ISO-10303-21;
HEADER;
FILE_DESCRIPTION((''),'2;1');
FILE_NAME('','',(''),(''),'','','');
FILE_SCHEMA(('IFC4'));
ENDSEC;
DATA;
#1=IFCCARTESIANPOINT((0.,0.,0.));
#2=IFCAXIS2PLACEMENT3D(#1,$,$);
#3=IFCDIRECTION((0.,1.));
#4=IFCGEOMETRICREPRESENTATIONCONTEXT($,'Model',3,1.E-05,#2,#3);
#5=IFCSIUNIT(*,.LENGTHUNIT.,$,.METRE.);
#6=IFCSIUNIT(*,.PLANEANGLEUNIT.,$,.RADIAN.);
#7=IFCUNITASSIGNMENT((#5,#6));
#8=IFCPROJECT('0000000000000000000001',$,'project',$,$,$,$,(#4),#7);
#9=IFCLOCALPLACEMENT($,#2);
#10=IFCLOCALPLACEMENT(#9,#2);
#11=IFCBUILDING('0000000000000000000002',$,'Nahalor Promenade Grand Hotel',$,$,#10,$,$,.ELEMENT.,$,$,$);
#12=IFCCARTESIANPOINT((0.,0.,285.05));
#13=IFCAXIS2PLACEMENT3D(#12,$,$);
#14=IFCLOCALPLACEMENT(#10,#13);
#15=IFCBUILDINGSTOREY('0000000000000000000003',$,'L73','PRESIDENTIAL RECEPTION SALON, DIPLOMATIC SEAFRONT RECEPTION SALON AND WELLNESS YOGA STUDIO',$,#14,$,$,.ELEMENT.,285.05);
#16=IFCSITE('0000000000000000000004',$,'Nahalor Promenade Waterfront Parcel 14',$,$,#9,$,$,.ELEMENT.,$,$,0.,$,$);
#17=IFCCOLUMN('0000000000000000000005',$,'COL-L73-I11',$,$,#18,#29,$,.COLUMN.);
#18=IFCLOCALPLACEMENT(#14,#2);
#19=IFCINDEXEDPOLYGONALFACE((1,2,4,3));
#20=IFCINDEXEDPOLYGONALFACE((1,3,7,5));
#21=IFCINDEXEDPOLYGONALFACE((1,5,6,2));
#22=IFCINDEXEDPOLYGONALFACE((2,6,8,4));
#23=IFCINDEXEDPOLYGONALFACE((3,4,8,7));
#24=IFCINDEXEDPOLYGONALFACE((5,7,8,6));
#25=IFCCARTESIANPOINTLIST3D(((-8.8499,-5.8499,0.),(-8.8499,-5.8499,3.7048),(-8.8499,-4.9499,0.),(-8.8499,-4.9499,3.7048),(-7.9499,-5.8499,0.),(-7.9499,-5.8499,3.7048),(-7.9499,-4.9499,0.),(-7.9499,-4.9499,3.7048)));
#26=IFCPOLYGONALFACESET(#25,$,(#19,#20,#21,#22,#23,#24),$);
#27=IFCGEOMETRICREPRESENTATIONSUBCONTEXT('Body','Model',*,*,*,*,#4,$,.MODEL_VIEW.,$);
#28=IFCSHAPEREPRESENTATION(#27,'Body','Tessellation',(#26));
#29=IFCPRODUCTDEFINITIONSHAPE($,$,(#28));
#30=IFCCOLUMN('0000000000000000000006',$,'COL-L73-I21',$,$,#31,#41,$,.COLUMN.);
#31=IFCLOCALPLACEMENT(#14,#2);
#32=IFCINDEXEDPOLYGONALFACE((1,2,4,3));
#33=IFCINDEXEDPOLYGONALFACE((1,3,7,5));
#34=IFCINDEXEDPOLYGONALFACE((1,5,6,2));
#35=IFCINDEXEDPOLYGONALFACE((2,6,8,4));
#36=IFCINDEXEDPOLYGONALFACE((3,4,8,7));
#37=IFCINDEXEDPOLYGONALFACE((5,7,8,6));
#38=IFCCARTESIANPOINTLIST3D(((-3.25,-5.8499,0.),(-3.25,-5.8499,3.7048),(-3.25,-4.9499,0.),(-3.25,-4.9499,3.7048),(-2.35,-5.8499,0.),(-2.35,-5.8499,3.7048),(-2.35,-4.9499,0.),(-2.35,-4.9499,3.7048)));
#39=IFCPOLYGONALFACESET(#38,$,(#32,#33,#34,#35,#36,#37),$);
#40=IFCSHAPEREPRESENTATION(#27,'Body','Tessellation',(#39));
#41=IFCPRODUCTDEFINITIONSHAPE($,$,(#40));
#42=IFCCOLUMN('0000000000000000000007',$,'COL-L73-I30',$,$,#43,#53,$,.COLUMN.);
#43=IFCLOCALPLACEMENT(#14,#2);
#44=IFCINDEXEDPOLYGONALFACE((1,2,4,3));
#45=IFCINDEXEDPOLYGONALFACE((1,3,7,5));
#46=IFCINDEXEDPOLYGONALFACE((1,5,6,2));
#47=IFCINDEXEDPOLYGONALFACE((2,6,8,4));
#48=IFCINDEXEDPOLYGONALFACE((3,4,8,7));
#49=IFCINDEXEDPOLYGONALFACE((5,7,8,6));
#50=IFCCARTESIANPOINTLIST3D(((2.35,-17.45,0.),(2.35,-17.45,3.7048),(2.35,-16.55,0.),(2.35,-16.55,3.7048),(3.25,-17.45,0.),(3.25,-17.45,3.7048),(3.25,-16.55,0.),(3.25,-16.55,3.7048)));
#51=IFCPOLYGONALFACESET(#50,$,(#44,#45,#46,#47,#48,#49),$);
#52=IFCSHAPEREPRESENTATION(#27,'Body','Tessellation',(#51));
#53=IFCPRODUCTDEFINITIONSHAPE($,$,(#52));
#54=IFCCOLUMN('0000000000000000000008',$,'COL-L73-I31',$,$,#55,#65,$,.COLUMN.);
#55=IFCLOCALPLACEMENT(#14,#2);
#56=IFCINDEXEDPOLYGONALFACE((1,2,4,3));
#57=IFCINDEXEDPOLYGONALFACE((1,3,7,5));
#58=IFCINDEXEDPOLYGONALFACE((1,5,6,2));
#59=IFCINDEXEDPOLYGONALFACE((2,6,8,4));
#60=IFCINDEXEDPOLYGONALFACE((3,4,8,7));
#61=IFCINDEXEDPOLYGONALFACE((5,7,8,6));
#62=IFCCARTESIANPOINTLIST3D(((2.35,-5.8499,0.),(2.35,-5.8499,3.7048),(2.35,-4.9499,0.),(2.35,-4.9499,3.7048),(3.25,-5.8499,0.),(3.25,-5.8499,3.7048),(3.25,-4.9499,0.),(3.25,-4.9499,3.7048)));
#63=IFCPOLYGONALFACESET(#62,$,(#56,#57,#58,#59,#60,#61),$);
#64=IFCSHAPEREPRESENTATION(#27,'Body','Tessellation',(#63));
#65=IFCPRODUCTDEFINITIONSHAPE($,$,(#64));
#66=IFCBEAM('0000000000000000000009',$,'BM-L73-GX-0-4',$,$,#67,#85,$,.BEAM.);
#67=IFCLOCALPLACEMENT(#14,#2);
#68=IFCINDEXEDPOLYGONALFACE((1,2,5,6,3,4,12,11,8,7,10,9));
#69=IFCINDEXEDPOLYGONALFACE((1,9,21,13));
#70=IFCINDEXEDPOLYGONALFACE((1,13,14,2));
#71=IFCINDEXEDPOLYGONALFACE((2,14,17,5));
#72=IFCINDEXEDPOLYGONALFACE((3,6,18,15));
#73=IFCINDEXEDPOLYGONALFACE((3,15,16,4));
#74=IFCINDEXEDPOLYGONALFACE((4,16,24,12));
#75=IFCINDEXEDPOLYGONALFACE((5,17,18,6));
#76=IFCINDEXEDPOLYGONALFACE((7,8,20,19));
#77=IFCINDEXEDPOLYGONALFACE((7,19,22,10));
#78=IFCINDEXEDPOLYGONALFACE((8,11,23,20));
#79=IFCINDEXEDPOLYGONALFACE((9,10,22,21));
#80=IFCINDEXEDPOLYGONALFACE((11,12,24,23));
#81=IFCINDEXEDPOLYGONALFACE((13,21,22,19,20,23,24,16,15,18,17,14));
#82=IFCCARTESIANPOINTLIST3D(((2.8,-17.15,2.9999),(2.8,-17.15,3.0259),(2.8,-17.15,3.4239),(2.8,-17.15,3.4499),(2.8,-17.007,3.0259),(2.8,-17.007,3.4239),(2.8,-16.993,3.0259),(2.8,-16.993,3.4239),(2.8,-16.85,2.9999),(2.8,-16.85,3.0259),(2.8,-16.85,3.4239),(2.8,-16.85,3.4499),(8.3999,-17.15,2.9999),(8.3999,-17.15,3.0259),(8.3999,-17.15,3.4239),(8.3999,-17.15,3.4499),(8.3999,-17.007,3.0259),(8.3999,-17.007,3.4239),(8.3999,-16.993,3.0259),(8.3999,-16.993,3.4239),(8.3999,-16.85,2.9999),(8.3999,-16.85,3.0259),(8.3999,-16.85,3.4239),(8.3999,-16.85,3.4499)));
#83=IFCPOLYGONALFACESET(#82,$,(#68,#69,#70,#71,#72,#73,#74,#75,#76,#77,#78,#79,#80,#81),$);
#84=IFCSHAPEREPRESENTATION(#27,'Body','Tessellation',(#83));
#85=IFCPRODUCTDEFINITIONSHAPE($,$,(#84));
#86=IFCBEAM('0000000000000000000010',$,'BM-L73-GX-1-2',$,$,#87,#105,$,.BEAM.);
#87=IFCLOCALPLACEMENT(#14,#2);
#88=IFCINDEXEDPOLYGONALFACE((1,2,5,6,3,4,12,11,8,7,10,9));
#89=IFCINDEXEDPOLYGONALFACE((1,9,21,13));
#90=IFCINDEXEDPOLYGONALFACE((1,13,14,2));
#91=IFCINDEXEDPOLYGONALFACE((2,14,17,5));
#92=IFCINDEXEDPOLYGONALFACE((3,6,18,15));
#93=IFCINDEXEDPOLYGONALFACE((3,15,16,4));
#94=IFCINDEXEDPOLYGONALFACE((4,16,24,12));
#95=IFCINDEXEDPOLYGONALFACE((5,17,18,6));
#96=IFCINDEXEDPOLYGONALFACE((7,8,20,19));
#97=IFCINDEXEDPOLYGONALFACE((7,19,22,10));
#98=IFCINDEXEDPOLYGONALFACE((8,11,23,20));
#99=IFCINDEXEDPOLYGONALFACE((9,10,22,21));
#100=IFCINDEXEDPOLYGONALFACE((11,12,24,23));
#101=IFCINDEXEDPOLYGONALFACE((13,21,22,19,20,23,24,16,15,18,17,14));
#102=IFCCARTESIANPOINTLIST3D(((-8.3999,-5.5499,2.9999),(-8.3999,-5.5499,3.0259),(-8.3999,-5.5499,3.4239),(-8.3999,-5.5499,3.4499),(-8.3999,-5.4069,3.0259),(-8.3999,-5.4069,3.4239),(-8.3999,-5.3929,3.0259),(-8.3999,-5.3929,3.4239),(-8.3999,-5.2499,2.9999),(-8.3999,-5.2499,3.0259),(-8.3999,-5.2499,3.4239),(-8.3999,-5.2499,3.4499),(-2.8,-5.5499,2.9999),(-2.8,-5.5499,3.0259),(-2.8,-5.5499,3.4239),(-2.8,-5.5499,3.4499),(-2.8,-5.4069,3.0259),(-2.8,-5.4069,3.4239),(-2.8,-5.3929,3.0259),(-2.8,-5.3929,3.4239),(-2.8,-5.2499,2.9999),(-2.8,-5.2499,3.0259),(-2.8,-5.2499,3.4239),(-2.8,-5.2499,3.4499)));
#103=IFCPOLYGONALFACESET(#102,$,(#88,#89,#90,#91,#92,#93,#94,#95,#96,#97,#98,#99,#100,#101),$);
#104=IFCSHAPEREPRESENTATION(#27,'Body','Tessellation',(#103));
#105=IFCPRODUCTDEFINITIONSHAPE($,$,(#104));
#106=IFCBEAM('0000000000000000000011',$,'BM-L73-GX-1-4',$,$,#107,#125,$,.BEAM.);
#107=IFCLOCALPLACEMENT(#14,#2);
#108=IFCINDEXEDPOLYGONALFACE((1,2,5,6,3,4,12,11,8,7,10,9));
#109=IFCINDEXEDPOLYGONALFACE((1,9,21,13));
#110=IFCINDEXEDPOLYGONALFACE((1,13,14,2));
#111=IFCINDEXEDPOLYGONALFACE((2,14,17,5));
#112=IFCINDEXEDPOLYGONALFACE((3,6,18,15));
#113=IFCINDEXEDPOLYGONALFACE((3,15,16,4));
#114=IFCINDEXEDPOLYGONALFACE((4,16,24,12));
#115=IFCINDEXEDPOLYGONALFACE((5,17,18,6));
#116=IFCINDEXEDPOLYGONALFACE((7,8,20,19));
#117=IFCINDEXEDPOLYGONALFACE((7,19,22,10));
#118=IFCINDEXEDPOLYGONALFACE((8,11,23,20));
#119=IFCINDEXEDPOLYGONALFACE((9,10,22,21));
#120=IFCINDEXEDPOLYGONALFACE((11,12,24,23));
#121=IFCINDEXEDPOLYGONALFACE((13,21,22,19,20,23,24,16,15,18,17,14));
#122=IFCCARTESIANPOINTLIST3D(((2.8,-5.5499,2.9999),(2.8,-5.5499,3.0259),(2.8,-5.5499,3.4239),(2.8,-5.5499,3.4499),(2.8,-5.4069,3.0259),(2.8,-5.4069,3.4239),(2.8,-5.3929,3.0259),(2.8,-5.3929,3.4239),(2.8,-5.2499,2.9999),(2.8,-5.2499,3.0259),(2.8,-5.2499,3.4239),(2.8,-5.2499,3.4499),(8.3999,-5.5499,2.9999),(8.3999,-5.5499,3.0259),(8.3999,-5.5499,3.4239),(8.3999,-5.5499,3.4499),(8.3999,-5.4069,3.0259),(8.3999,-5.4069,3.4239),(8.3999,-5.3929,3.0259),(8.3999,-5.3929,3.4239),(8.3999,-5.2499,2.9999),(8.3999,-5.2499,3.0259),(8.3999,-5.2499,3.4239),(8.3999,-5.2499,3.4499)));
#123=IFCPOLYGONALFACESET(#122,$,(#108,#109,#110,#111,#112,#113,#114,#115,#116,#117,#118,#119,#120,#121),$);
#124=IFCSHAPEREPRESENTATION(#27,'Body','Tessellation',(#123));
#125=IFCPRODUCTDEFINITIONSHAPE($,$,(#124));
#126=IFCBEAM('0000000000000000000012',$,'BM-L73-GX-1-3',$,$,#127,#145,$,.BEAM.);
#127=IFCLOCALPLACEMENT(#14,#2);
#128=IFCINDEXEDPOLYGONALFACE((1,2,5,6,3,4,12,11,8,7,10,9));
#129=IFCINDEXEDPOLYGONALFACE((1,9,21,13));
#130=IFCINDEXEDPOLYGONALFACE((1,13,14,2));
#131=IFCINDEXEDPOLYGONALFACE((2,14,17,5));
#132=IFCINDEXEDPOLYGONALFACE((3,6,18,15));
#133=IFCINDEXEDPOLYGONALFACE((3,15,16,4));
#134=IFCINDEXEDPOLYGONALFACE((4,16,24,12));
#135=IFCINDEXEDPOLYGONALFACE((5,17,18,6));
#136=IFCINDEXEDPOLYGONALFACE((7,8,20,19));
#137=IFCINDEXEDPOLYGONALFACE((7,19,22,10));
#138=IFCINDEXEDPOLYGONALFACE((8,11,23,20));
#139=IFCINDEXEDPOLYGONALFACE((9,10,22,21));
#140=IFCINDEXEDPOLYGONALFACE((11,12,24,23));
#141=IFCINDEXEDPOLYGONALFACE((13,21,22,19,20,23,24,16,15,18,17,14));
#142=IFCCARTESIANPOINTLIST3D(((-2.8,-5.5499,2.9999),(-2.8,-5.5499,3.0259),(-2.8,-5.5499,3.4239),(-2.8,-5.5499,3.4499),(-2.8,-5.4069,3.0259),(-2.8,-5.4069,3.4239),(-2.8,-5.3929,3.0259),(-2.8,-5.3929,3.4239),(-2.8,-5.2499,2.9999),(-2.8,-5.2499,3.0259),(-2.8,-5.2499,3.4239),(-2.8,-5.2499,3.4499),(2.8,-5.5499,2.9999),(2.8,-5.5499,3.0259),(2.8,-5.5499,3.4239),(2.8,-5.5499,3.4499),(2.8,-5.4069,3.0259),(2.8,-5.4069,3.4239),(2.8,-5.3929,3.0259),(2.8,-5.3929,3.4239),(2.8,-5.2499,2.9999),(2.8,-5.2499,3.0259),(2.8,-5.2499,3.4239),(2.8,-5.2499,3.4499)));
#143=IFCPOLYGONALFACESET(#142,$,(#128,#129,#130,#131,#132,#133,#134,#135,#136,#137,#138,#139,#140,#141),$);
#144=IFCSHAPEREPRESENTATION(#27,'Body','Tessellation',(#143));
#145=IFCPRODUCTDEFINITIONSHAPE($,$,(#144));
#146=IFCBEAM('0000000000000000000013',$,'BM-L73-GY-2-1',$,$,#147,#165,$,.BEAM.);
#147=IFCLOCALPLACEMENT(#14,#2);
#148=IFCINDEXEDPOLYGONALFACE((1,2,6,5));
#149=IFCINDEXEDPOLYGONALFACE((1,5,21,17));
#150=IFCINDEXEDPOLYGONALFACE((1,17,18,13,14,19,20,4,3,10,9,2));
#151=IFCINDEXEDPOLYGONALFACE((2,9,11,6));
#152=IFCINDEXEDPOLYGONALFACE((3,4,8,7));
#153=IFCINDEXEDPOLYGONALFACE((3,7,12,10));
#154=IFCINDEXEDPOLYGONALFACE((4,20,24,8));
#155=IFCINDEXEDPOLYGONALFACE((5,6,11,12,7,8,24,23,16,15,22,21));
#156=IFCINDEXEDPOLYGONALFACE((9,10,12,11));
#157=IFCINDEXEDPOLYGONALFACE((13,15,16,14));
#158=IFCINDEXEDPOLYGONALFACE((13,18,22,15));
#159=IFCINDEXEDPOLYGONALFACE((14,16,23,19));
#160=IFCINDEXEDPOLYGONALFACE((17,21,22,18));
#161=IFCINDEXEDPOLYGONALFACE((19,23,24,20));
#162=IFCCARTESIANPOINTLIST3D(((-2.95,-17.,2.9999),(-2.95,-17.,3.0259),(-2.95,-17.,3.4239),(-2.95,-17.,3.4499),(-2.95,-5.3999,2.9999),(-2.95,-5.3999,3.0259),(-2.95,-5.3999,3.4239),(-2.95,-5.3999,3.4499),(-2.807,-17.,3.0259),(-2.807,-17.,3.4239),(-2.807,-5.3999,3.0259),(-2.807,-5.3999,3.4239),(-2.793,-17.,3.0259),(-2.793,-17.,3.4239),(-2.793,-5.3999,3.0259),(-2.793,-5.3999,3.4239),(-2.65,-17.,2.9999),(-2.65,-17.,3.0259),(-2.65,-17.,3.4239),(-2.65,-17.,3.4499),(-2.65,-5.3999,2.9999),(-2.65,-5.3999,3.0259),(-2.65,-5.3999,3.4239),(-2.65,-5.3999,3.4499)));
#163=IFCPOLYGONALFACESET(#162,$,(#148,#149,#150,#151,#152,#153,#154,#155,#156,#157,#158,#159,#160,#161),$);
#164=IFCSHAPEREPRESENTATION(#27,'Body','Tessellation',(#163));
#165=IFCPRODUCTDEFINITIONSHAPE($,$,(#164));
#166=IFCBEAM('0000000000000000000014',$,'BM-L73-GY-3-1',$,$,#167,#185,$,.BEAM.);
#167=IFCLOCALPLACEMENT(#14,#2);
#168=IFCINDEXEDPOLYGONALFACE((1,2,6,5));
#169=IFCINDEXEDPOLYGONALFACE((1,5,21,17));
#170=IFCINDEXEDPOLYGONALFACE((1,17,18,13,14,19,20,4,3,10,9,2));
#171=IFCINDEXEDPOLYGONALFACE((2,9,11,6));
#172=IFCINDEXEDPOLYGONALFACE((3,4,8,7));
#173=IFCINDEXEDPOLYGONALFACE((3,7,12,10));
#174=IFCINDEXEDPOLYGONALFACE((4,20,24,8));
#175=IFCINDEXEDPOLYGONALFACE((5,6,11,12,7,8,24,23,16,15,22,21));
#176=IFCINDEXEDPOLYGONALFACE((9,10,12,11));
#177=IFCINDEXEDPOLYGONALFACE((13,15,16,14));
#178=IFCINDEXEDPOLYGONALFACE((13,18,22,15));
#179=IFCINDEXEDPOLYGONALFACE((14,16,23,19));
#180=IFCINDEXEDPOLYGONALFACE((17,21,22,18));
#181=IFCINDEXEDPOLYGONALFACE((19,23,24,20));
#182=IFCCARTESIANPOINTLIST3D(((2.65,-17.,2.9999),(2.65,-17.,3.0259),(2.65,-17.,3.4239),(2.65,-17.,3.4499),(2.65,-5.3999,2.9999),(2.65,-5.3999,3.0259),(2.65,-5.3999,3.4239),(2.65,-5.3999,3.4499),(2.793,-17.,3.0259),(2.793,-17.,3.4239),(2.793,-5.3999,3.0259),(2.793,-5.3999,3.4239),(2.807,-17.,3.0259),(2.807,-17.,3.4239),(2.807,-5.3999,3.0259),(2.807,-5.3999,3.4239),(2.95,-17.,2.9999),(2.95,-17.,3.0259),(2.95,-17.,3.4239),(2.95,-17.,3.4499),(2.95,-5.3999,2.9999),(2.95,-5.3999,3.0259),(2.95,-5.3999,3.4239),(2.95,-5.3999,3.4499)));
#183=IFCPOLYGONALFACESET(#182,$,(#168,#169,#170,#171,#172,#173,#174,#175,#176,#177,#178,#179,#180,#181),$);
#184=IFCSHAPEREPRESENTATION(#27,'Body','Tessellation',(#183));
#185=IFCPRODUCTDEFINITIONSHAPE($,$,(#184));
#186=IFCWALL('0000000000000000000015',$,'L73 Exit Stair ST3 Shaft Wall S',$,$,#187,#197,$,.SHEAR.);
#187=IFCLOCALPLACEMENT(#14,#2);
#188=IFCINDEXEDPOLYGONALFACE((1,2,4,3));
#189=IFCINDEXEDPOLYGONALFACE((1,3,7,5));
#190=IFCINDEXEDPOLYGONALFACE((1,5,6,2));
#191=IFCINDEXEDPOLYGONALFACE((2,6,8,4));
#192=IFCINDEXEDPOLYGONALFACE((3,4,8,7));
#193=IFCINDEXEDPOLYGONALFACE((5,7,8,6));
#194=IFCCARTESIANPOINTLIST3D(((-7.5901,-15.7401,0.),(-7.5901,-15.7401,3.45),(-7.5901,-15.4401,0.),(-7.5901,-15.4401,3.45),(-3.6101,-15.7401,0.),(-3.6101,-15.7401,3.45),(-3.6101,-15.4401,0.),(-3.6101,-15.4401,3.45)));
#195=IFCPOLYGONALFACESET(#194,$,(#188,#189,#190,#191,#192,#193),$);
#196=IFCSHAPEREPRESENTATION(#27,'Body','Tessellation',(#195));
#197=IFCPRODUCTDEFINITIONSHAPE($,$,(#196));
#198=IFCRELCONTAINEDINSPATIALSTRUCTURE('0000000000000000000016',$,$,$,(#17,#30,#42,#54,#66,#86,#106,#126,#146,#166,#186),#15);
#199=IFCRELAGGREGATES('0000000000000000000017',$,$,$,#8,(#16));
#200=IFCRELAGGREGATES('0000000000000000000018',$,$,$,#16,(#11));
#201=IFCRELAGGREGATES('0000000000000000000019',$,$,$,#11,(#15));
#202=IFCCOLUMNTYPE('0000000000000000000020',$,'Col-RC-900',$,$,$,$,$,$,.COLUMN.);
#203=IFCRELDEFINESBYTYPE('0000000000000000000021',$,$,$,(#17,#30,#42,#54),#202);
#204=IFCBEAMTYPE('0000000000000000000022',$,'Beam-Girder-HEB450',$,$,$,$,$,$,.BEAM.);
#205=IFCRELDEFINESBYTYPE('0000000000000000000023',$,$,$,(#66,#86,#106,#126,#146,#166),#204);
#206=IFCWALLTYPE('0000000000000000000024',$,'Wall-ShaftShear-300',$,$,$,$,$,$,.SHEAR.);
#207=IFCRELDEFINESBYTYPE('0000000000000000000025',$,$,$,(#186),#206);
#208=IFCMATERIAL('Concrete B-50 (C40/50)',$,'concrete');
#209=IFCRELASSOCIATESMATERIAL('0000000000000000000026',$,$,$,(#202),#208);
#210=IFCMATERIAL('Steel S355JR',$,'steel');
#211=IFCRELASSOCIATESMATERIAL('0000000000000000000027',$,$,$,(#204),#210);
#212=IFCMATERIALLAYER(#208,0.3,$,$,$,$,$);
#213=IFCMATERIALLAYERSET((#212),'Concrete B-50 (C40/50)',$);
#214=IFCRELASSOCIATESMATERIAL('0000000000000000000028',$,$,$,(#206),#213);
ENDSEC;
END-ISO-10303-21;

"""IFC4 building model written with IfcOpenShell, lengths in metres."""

from ifc_helpers import new_model, si_unit, direction, frame, frame_2d, origin, origin_2d, place, context, subcontext, project, spatial, rectangle, i_section, extrude, source, transform, mapped, material, layer, layer_set, material_profile, profile_set, type_object, element, save


model = new_model("IFC4")

# Units and contexts
model_context = context("Model", 3, precision=1e-05, world=origin(), true_north=direction((0.0, 1.0)))
body_context = subcontext(model_context, "Body", "Model", "MODEL_VIEW")
ifc_project = project(units=[si_unit("LENGTHUNIT", "METRE"), si_unit("PLANEANGLEUNIT", "RADIAN")], contexts=[model_context])

# Site, building, storey
site_placement = place(None, origin())
site = spatial("IfcSite", under=ifc_project, at=site_placement, Name="Nahalor Promenade Waterfront Parcel 14", CompositionType="ELEMENT", RefElevation=0.0)
building_placement = place(site_placement, origin())
building = spatial("IfcBuilding", under=site, at=building_placement, Name="Nahalor Promenade Grand Hotel", CompositionType="ELEMENT")
storey_placement = place(building_placement, frame((0.0, 0.0, 285.05)))
storey = spatial("IfcBuildingStorey", under=building, at=storey_placement, Name="L73", Description="PRESIDENTIAL RECEPTION SALON, DIPLOMATIC SEAFRONT RECEPTION SALON AND WELLNESS YOGA STUDIO", CompositionType="ELEMENT", Elevation=285.05)

# Columns
ifc_material_1 = material(Name="Concrete B-50 (C40/50)", Category="concrete")
ifc_material_profile_1 = material_profile(ifc_material_1, rectangle(XDim=0.9, YDim=0.9, at=origin_2d()), Name="RC 900x900")
ifc_profile_set_1 = profile_set([ifc_material_profile_1], Name="Concrete B-50 (C40/50)")
column_type = type_object("IfcColumnType", Name="Col-RC-900", PredefinedType="COLUMN", material=ifc_profile_set_1)
shared_shape_1 = source(origin(), body_context, "Body", "SweptSolid", [
    extrude(rectangle(XDim=0.9, YDim=0.9, at=origin_2d()), origin(), (0.0, 0.0, 1.0), 3.7048),
])
for number, where, z_axis, x_axis, name in (
    (1, (-8.3999, -5.3999, 0.0), (0.0, 0.0, 1.0), (1.0, 0.0, 0.0), "COL-L73-I11"),
    (2, (-2.8, -5.3999, 0.0), (0.0, 0.0, 1.0), (1.0, 0.0, 0.0), "COL-L73-I21"),
    (3, (2.8, -17.0, 0.0), (0.0, 0.0, 1.0), (1.0, 0.0, 0.0), "COL-L73-I30"),
    (4, (2.8, -5.3999, 0.0), (0.0, 0.0, 1.0), (1.0, 0.0, 0.0), "COL-L73-I31"),
):
    element("IfcColumn", number, at=place(storey_placement, frame(where, z_axis=z_axis, x_axis=x_axis)), inside=storey, type_object=column_type, Name=name, PredefinedType="COLUMN", context=body_context, shape_type="MappedRepresentation", body=[
        mapped(shared_shape_1, transform((0.0, 0.0, 0.0), scale=1.0)),
    ])

# Beams
ifc_material_2 = material(Name="Steel S355JR", Category="steel")
ifc_material_profile_2 = material_profile(ifc_material_2, i_section(OverallWidth=0.3, OverallDepth=0.45, WebThickness=0.014, FlangeThickness=0.026, at=origin_2d()), Name="HEB 450")
ifc_profile_set_2 = profile_set([ifc_material_profile_2], Name="Steel S355JR")
beam_type = type_object("IfcBeamType", Name="Beam-Girder-HEB450", PredefinedType="BEAM", material=ifc_profile_set_2)
shared_shape_2 = source(origin(), body_context, "Body", "SweptSolid", [
    extrude(i_section(OverallWidth=0.3, OverallDepth=0.45, WebThickness=0.014, FlangeThickness=0.026, at=origin_2d()), origin(), (0.0, 0.0, 1.0), 5.5999),
])
for number, where, z_axis, x_axis, name in (
    (5, (2.8, -17.0, 3.2249), (1.0, 0.0, 0.0), (0.0, 1.0, 0.0), "BM-L73-GX-0-4"),
    (6, (-8.3999, -5.3999, 3.2249), (1.0, 0.0, 0.0), (0.0, 1.0, 0.0), "BM-L73-GX-1-2"),
    (7, (2.8, -5.3999, 3.2249), (1.0, 0.0, 0.0), (0.0, 1.0, 0.0), "BM-L73-GX-1-4"),
):
    element("IfcBeam", number, at=place(storey_placement, frame(where, z_axis=z_axis, x_axis=x_axis)), inside=storey, type_object=beam_type, Name=name, PredefinedType="BEAM", context=body_context, shape_type="MappedRepresentation", body=[
        mapped(shared_shape_2, transform((0.0, 0.0, 0.0), scale=1.0)),
    ])
shared_shape_3 = source(origin(), body_context, "Body", "SweptSolid", [
    extrude(i_section(OverallWidth=0.3, OverallDepth=0.45, WebThickness=0.014, FlangeThickness=0.026, at=origin_2d()), origin(), (0.0, 0.0, 1.0), 5.6001),
])
beam_placement = place(storey_placement, frame((-2.8, -5.3999, 3.2249), z_axis=(1.0, 0.0, 0.0), x_axis=(0.0, 1.0, 0.0)))
element("IfcBeam", 8, at=beam_placement, inside=storey, type_object=beam_type, Name="BM-L73-GX-1-3", PredefinedType="BEAM", context=body_context, shape_type="MappedRepresentation", body=[
    mapped(shared_shape_3, transform((0.0, 0.0, 0.0), scale=1.0)),
])
shared_shape_4 = source(origin(), body_context, "Body", "SweptSolid", [
    extrude(i_section(OverallWidth=0.3, OverallDepth=0.45, WebThickness=0.014, FlangeThickness=0.026, at=origin_2d()), origin(), (0.0, 0.0, 1.0), 11.6001),
])
for number, where, z_axis, x_axis, name in (
    (9, (-2.8, -17.0, 3.2249), (0.0, 1.0, 0.0), (-1.0, 0.0, 0.0), "BM-L73-GY-2-1"),
    (10, (2.8, -17.0, 3.2249), (0.0, 1.0, 0.0), (-1.0, 0.0, 0.0), "BM-L73-GY-3-1"),
):
    element("IfcBeam", number, at=place(storey_placement, frame(where, z_axis=z_axis, x_axis=x_axis)), inside=storey, type_object=beam_type, Name=name, PredefinedType="BEAM", context=body_context, shape_type="MappedRepresentation", body=[
        mapped(shared_shape_4, transform((0.0, 0.0, 0.0), scale=1.0)),
    ])

# Wall
ifc_layer_1 = layer(ifc_material_1, 0.3)
ifc_layer_set_1 = layer_set([ifc_layer_1], Name="Concrete B-50 (C40/50)")
wall_type = type_object("IfcWallType", Name="Wall-ShaftShear-300", PredefinedType="SHEAR", material=ifc_layer_set_1)
shared_shape_5 = source(origin(), body_context, "Body", "SweptSolid", [
    extrude(rectangle(XDim=3.98, YDim=0.3, at=frame_2d((1.99, 0.0))), origin(), (0.0, 0.0, 1.0), 3.45),
])
wall_1_placement = place(storey_placement, frame((-7.5901, -15.5901, 0.0), z_axis=(0.0, 0.0, 1.0), x_axis=(1.0, 0.0, 0.0)))
element("IfcWall", 11, at=wall_1_placement, inside=storey, type_object=wall_type, Name="L73 Exit Stair ST3 Shaft Wall S", PredefinedType="SHEAR", context=body_context, shape_type="MappedRepresentation", body=[
    mapped(shared_shape_5, transform((0.0, 0.0, 0.0), scale=1.0)),
])

save(model, "model.ifc")
